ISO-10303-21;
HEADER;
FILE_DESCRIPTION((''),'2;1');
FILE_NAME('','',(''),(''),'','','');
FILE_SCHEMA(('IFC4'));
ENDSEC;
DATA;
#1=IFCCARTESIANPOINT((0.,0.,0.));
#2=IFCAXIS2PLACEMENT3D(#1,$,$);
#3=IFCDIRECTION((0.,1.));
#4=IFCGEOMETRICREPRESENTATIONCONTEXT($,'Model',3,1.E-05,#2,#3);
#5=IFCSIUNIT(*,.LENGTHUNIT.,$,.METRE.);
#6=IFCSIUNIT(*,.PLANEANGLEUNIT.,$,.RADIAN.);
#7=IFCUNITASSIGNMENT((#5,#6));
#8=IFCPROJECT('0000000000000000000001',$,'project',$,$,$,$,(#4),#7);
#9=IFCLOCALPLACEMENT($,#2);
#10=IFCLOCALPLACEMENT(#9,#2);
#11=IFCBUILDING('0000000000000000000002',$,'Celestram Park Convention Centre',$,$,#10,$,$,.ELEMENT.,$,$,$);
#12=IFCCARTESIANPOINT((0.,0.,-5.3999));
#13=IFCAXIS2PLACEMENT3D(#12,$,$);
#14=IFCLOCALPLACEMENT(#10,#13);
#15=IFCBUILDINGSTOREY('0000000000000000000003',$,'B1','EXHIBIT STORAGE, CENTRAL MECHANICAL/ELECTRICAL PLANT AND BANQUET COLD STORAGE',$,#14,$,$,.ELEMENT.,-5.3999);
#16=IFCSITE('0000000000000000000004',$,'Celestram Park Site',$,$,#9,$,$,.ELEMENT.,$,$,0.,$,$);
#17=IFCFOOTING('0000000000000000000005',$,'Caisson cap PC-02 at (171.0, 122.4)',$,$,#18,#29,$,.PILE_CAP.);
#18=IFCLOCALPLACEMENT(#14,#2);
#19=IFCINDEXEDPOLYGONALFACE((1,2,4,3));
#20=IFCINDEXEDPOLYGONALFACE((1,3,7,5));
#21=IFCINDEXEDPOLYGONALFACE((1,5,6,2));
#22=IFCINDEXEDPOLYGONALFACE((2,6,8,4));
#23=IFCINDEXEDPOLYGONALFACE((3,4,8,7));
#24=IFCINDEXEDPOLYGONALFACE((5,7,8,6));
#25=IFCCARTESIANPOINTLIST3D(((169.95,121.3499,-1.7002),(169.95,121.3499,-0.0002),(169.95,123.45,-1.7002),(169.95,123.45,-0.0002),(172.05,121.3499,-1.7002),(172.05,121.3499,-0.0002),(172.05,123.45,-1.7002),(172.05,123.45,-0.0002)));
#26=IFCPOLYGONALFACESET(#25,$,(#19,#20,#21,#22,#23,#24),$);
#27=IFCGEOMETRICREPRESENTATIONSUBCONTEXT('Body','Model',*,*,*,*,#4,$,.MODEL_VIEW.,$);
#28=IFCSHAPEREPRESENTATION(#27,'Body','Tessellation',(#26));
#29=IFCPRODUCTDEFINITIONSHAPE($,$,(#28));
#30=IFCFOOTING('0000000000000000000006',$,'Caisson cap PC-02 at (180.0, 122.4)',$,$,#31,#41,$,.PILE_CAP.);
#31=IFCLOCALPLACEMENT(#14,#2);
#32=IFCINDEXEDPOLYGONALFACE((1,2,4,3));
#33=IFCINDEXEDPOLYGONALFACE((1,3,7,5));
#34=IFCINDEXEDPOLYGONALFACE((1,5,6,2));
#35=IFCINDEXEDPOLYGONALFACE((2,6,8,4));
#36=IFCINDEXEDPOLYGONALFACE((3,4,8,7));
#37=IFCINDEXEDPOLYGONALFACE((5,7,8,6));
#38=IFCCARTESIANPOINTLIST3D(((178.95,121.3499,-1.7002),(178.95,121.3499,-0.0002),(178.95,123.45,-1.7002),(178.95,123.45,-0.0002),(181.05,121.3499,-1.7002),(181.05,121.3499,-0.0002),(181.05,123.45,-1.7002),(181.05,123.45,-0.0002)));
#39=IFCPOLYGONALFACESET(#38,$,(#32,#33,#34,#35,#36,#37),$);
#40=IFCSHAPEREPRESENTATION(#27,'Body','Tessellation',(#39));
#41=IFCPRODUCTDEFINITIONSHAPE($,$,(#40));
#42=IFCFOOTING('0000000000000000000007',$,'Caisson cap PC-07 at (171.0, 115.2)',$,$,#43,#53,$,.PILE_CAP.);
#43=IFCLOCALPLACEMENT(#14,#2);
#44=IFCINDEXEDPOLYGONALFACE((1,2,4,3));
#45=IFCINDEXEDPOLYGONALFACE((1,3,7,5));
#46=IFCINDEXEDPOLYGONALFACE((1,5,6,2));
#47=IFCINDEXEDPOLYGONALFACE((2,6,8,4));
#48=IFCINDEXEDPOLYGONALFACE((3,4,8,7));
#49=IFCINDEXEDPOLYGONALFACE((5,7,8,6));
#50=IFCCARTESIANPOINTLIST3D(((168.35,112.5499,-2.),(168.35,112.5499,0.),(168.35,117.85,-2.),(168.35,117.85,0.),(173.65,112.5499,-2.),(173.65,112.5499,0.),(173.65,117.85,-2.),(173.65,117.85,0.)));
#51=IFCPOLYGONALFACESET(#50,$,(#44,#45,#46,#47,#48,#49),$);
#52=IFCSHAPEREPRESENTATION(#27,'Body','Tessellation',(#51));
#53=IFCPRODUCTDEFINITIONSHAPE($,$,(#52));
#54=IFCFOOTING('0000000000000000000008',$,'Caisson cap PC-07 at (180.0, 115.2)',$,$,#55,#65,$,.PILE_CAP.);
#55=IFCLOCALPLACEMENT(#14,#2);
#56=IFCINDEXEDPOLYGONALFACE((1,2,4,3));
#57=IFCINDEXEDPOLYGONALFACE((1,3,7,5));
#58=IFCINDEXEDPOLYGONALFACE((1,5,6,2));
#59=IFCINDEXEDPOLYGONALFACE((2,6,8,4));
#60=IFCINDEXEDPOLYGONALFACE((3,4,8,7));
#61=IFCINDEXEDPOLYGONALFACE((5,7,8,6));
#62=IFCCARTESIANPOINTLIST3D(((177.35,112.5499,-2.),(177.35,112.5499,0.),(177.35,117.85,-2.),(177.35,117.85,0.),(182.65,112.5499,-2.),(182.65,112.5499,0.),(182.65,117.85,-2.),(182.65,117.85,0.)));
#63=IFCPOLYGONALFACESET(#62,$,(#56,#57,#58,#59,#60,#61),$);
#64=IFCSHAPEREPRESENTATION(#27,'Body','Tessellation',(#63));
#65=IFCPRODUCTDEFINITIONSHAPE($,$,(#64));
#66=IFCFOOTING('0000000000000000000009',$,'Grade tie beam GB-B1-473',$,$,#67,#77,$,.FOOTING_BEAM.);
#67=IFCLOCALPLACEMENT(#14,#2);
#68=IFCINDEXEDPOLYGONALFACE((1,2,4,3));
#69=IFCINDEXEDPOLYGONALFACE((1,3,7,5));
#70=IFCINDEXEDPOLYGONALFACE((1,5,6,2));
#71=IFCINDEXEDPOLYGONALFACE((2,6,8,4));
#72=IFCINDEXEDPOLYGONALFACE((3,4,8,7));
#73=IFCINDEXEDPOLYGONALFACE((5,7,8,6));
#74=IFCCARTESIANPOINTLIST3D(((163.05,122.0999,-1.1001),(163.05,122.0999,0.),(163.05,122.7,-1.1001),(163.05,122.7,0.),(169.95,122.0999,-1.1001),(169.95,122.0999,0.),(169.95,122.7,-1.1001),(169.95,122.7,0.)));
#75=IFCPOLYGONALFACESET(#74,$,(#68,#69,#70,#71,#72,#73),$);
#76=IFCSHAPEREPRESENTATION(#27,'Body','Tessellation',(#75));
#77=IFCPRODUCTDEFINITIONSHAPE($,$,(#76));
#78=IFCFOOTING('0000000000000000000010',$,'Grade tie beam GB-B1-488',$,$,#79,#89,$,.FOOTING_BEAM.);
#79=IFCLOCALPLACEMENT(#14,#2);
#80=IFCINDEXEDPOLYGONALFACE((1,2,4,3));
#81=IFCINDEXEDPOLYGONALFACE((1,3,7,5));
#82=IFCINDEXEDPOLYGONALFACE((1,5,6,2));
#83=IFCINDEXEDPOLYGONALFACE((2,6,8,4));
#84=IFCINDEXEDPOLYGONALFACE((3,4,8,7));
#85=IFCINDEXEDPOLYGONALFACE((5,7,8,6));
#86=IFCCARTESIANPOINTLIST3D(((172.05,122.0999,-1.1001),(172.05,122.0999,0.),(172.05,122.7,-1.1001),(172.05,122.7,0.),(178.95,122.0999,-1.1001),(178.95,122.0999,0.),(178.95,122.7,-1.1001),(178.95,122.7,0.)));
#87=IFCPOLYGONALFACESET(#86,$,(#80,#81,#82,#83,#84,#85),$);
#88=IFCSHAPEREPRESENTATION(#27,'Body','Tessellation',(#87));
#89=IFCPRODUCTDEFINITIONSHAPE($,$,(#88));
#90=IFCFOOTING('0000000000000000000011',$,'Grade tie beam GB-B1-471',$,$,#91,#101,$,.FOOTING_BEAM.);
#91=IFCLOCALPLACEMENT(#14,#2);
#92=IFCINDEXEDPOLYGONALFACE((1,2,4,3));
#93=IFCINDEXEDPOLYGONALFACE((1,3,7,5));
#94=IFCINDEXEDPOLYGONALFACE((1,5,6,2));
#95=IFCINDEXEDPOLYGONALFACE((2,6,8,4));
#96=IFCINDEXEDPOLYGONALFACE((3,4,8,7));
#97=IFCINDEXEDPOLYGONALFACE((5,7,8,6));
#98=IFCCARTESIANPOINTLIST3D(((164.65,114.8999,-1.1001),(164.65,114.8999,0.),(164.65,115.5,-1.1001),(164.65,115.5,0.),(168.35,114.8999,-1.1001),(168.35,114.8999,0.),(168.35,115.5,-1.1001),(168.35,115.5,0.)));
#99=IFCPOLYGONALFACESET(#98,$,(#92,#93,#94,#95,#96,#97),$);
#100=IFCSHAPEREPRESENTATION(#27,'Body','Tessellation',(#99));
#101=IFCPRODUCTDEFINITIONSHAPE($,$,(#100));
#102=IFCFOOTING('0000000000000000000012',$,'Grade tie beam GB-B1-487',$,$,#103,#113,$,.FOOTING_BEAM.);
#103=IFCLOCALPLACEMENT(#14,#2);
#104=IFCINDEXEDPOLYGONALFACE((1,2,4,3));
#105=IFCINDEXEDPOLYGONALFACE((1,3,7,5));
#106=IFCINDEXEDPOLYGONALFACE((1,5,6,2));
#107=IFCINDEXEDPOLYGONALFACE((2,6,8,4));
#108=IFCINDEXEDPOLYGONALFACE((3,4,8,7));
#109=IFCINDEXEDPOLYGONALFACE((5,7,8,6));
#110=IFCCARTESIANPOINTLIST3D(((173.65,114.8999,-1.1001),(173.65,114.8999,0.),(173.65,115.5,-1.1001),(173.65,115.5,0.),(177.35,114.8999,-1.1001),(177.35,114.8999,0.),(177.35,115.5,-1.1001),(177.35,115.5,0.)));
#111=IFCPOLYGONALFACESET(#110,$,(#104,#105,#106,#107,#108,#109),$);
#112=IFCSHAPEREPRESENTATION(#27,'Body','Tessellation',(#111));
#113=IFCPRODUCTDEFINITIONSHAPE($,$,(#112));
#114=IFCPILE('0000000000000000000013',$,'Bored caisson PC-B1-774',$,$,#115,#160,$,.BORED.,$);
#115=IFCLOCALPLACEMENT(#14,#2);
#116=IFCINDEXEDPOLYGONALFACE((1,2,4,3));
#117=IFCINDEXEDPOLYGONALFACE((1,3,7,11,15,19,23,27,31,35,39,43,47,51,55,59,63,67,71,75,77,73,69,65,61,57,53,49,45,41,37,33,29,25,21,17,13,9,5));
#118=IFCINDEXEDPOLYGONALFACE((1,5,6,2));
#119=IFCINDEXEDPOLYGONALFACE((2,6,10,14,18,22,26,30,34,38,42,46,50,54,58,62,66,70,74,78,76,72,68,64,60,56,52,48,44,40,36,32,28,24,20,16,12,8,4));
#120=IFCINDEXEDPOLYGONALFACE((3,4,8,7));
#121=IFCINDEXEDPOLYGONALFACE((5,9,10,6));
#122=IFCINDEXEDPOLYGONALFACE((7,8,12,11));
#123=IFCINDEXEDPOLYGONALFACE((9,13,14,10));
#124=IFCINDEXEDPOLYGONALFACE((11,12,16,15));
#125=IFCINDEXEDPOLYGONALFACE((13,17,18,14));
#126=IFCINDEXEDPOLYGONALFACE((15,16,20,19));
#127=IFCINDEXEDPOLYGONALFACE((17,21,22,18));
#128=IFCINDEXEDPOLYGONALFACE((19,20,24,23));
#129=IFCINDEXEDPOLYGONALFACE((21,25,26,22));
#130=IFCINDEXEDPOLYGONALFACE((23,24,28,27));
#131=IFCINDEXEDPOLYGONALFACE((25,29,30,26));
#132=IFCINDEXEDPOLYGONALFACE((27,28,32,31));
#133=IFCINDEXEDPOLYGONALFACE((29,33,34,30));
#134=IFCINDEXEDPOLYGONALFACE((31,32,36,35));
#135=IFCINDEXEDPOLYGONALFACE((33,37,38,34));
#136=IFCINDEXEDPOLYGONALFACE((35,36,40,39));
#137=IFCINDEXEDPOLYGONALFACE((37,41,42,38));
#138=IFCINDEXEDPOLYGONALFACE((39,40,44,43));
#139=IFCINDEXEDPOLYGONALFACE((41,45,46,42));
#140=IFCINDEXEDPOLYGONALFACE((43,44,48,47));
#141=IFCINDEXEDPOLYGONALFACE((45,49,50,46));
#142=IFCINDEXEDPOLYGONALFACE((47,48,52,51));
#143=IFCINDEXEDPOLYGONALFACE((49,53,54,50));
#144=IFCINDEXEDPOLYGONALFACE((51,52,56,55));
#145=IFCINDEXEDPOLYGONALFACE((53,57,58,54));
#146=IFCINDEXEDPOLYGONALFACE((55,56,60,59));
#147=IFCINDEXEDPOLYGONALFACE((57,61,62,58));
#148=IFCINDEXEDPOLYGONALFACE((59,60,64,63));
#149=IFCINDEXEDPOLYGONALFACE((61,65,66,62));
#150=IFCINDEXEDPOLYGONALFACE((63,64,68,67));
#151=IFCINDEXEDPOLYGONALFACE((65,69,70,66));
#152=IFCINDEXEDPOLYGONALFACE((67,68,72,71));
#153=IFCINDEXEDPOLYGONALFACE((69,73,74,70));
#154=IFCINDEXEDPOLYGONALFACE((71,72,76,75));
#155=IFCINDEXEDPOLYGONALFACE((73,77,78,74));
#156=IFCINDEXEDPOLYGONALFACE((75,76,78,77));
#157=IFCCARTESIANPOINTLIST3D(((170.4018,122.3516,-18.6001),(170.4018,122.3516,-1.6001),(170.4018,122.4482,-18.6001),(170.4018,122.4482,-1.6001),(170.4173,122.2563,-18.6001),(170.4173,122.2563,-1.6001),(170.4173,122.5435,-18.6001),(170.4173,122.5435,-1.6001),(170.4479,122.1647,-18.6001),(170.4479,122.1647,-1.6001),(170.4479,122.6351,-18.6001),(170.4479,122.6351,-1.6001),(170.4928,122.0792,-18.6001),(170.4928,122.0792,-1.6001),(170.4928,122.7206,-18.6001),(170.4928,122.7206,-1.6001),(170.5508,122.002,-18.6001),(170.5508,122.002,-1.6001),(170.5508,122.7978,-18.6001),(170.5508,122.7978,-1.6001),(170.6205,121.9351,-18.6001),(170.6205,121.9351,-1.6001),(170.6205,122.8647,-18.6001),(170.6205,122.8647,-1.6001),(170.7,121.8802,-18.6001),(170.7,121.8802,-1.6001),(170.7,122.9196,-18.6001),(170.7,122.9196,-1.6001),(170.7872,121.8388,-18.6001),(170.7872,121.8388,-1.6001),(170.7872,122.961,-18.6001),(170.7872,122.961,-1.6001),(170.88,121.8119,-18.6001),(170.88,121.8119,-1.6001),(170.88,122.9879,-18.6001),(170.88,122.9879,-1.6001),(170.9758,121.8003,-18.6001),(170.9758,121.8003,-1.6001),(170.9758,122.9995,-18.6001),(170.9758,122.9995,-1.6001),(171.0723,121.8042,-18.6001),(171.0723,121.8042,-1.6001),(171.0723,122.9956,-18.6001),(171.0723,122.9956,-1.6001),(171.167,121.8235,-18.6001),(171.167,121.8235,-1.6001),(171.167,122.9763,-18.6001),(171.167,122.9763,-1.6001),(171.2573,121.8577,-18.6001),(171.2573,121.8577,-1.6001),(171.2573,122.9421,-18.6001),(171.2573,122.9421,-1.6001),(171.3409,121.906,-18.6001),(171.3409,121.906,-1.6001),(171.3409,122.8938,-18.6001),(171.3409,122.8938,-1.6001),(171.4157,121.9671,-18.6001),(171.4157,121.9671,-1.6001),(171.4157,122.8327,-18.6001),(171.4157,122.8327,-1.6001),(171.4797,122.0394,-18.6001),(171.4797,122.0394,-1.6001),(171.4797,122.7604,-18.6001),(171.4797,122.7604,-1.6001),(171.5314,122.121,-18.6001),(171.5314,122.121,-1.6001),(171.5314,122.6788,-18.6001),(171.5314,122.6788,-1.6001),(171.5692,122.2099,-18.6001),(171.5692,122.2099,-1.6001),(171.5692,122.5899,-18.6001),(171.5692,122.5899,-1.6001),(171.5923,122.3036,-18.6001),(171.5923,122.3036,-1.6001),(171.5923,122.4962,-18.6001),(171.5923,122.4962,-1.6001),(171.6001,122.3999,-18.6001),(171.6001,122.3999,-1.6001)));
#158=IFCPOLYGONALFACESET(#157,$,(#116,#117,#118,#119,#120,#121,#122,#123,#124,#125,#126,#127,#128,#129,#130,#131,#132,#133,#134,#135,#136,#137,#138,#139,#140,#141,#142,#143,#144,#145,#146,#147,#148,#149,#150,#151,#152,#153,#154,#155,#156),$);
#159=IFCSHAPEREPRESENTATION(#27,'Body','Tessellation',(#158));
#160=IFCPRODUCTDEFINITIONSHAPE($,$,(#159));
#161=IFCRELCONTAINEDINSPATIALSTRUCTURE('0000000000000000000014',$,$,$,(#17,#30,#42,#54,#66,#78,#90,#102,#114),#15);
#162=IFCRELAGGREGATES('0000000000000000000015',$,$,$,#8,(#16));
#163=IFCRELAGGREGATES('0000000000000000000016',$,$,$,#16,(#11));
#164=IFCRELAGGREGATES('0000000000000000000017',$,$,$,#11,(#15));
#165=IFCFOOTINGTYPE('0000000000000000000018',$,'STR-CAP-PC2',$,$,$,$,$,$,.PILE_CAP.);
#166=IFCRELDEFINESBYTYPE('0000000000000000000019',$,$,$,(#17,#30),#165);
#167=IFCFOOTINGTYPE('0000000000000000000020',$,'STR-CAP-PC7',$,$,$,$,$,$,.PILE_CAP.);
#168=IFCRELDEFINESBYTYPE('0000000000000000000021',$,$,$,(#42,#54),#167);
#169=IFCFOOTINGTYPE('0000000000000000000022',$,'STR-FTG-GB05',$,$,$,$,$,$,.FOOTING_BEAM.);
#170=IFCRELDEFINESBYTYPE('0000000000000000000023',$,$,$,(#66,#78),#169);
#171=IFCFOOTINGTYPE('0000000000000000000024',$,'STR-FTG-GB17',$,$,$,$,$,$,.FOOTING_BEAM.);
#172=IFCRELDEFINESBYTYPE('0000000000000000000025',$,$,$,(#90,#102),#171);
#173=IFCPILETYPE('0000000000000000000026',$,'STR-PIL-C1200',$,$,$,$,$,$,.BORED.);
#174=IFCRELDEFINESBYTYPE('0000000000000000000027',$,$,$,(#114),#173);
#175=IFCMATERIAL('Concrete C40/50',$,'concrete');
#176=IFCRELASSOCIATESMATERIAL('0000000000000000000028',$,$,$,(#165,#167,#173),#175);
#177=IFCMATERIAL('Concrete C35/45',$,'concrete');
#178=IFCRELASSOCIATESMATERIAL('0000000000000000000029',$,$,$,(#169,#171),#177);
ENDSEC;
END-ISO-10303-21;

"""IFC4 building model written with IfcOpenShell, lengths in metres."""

from ifc_helpers import new_model, si_unit, direction, frame, origin, origin_2d, place, context, subcontext, project, spatial, rectangle, circle, extrude, material, material_profile, profile_set, type_object, element, save


model = new_model("IFC4")

# Units and contexts
model_context = context("Model", 3, precision=1e-05, world=origin(), true_north=direction((0.0, 1.0)))
body_context = subcontext(model_context, "Body", "Model", "MODEL_VIEW")
ifc_project = project(units=[si_unit("LENGTHUNIT", "METRE"), si_unit("PLANEANGLEUNIT", "RADIAN")], contexts=[model_context])

# Site, building, storey
site_placement = place(None, origin())
site = spatial("IfcSite", under=ifc_project, at=site_placement, Name="Celestram Park Site", CompositionType="ELEMENT", RefElevation=0.0)
building_placement = place(site_placement, origin())
building = spatial("IfcBuilding", under=site, at=building_placement, Name="Celestram Park Convention Centre", CompositionType="ELEMENT")
storey_placement = place(building_placement, frame((0.0, 0.0, -5.3999)))
storey = spatial("IfcBuildingStorey", under=building, at=storey_placement, Name="B1", Description="EXHIBIT STORAGE, CENTRAL MECHANICAL/ELECTRICAL PLANT AND BANQUET COLD STORAGE", CompositionType="ELEMENT", Elevation=-5.3999)

# Footings
ifc_material_1 = material(Name="Concrete C40/50", Category="concrete")
footing_type_1 = type_object("IfcFootingType", Name="STR-CAP-PC2", PredefinedType="PILE_CAP", material=ifc_material_1)
for number, where, z_axis, x_axis, name in (
    (1, (171.0, 122.3999, -1.7002), (0.0, 0.0, 1.0), (1.0, 0.0, 0.0), "Caisson cap PC-02 at (171.0, 122.4)"),
    (2, (180.0, 122.3999, -1.7002), (0.0, 0.0, 1.0), (1.0, 0.0, 0.0), "Caisson cap PC-02 at (180.0, 122.4)"),
):
    element("IfcFooting", number, at=place(storey_placement, frame(where, z_axis=z_axis, x_axis=x_axis)), inside=storey, type_object=footing_type_1, Name=name, PredefinedType="PILE_CAP", context=body_context, shape_type="SweptSolid", body=[
        extrude(rectangle(XDim=2.1001, YDim=2.1001, at=origin_2d()), origin(), (0.0, 0.0, 1.0), 1.7),
    ])
footing_type_2 = type_object("IfcFootingType", Name="STR-CAP-PC7", PredefinedType="PILE_CAP", material=ifc_material_1)
for number, where, z_axis, x_axis, name in (
    (3, (171.0, 115.2, -2.0), (0.0, 0.0, 1.0), (1.0, 0.0, 0.0), "Caisson cap PC-07 at (171.0, 115.2)"),
    (4, (180.0, 115.2, -2.0), (0.0, 0.0, 1.0), (1.0, 0.0, 0.0), "Caisson cap PC-07 at (180.0, 115.2)"),
):
    element("IfcFooting", number, at=place(storey_placement, frame(where, z_axis=z_axis, x_axis=x_axis)), inside=storey, type_object=footing_type_2, Name=name, PredefinedType="PILE_CAP", context=body_context, shape_type="SweptSolid", body=[
        extrude(rectangle(XDim=5.3, YDim=5.3, at=origin_2d()), origin(), (0.0, 0.0, 1.0), 2.0),
    ])
ifc_material_2 = material(Name="Concrete C35/45", Category="concrete")
footing_type_3 = type_object("IfcFootingType", Name="STR-FTG-GB05", PredefinedType="FOOTING_BEAM", material=ifc_material_2)
for number, where, z_axis, x_axis, name in (
    (5, (166.5, 122.3999, -1.1001), (0.0, 0.0, 1.0), (1.0, 0.0, 0.0), "Grade tie beam GB-B1-473"),
    (6, (175.5, 122.3999, -1.1001), (0.0, 0.0, 1.0), (1.0, 0.0, 0.0), "Grade tie beam GB-B1-488"),
):
    element("IfcFooting", number, at=place(storey_placement, frame(where, z_axis=z_axis, x_axis=x_axis)), inside=storey, type_object=footing_type_3, Name=name, PredefinedType="FOOTING_BEAM", context=body_context, shape_type="SweptSolid", body=[
        extrude(rectangle(XDim=6.8999, YDim=0.6001, at=origin_2d()), origin(), (0.0, 0.0, 1.0), 1.1001),
    ])
footing_type_4 = type_object("IfcFootingType", Name="STR-FTG-GB17", PredefinedType="FOOTING_BEAM", material=ifc_material_2)
for number, where, z_axis, x_axis, name in (
    (7, (166.5, 115.2, -1.1001), (0.0, 0.0, 1.0), (1.0, 0.0, 0.0), "Grade tie beam GB-B1-471"),
    (8, (175.5, 115.2, -1.1001), (0.0, 0.0, 1.0), (1.0, 0.0, 0.0), "Grade tie beam GB-B1-487"),
):
    element("IfcFooting", number, at=place(storey_placement, frame(where, z_axis=z_axis, x_axis=x_axis)), inside=storey, type_object=footing_type_4, Name=name, PredefinedType="FOOTING_BEAM", context=body_context, shape_type="SweptSolid", body=[
        extrude(rectangle(XDim=3.7, YDim=0.6001, at=origin_2d()), origin(), (0.0, 0.0, 1.0), 1.1001),
    ])

# Pile
ifc_material_profile_1 = material_profile(ifc_material_1, circle(Radius=0.6001, at=origin_2d()), Name="CAISSON1200")
ifc_profile_set_1 = profile_set([ifc_material_profile_1], Name="Concrete C40/50")
pile_type_1 = type_object("IfcPileType", Name="STR-PIL-C1200", PredefinedType="BORED", material=ifc_profile_set_1)
pile_placement = place(storey_placement, frame((171.0, 122.3999, -1.6001), z_axis=(0.0, 0.0, -1.0), x_axis=(1.0, 0.0, 0.0)))
element("IfcPile", 9, at=pile_placement, inside=storey, type_object=pile_type_1, Name="Bored caisson PC-B1-774", PredefinedType="BORED", context=body_context, shape_type="SweptSolid", body=[
    extrude(circle(Radius=0.6001, at=origin_2d()), origin(), (0.0, 0.0, 1.0), 17.0),
])

save(model, "model.ifc")
